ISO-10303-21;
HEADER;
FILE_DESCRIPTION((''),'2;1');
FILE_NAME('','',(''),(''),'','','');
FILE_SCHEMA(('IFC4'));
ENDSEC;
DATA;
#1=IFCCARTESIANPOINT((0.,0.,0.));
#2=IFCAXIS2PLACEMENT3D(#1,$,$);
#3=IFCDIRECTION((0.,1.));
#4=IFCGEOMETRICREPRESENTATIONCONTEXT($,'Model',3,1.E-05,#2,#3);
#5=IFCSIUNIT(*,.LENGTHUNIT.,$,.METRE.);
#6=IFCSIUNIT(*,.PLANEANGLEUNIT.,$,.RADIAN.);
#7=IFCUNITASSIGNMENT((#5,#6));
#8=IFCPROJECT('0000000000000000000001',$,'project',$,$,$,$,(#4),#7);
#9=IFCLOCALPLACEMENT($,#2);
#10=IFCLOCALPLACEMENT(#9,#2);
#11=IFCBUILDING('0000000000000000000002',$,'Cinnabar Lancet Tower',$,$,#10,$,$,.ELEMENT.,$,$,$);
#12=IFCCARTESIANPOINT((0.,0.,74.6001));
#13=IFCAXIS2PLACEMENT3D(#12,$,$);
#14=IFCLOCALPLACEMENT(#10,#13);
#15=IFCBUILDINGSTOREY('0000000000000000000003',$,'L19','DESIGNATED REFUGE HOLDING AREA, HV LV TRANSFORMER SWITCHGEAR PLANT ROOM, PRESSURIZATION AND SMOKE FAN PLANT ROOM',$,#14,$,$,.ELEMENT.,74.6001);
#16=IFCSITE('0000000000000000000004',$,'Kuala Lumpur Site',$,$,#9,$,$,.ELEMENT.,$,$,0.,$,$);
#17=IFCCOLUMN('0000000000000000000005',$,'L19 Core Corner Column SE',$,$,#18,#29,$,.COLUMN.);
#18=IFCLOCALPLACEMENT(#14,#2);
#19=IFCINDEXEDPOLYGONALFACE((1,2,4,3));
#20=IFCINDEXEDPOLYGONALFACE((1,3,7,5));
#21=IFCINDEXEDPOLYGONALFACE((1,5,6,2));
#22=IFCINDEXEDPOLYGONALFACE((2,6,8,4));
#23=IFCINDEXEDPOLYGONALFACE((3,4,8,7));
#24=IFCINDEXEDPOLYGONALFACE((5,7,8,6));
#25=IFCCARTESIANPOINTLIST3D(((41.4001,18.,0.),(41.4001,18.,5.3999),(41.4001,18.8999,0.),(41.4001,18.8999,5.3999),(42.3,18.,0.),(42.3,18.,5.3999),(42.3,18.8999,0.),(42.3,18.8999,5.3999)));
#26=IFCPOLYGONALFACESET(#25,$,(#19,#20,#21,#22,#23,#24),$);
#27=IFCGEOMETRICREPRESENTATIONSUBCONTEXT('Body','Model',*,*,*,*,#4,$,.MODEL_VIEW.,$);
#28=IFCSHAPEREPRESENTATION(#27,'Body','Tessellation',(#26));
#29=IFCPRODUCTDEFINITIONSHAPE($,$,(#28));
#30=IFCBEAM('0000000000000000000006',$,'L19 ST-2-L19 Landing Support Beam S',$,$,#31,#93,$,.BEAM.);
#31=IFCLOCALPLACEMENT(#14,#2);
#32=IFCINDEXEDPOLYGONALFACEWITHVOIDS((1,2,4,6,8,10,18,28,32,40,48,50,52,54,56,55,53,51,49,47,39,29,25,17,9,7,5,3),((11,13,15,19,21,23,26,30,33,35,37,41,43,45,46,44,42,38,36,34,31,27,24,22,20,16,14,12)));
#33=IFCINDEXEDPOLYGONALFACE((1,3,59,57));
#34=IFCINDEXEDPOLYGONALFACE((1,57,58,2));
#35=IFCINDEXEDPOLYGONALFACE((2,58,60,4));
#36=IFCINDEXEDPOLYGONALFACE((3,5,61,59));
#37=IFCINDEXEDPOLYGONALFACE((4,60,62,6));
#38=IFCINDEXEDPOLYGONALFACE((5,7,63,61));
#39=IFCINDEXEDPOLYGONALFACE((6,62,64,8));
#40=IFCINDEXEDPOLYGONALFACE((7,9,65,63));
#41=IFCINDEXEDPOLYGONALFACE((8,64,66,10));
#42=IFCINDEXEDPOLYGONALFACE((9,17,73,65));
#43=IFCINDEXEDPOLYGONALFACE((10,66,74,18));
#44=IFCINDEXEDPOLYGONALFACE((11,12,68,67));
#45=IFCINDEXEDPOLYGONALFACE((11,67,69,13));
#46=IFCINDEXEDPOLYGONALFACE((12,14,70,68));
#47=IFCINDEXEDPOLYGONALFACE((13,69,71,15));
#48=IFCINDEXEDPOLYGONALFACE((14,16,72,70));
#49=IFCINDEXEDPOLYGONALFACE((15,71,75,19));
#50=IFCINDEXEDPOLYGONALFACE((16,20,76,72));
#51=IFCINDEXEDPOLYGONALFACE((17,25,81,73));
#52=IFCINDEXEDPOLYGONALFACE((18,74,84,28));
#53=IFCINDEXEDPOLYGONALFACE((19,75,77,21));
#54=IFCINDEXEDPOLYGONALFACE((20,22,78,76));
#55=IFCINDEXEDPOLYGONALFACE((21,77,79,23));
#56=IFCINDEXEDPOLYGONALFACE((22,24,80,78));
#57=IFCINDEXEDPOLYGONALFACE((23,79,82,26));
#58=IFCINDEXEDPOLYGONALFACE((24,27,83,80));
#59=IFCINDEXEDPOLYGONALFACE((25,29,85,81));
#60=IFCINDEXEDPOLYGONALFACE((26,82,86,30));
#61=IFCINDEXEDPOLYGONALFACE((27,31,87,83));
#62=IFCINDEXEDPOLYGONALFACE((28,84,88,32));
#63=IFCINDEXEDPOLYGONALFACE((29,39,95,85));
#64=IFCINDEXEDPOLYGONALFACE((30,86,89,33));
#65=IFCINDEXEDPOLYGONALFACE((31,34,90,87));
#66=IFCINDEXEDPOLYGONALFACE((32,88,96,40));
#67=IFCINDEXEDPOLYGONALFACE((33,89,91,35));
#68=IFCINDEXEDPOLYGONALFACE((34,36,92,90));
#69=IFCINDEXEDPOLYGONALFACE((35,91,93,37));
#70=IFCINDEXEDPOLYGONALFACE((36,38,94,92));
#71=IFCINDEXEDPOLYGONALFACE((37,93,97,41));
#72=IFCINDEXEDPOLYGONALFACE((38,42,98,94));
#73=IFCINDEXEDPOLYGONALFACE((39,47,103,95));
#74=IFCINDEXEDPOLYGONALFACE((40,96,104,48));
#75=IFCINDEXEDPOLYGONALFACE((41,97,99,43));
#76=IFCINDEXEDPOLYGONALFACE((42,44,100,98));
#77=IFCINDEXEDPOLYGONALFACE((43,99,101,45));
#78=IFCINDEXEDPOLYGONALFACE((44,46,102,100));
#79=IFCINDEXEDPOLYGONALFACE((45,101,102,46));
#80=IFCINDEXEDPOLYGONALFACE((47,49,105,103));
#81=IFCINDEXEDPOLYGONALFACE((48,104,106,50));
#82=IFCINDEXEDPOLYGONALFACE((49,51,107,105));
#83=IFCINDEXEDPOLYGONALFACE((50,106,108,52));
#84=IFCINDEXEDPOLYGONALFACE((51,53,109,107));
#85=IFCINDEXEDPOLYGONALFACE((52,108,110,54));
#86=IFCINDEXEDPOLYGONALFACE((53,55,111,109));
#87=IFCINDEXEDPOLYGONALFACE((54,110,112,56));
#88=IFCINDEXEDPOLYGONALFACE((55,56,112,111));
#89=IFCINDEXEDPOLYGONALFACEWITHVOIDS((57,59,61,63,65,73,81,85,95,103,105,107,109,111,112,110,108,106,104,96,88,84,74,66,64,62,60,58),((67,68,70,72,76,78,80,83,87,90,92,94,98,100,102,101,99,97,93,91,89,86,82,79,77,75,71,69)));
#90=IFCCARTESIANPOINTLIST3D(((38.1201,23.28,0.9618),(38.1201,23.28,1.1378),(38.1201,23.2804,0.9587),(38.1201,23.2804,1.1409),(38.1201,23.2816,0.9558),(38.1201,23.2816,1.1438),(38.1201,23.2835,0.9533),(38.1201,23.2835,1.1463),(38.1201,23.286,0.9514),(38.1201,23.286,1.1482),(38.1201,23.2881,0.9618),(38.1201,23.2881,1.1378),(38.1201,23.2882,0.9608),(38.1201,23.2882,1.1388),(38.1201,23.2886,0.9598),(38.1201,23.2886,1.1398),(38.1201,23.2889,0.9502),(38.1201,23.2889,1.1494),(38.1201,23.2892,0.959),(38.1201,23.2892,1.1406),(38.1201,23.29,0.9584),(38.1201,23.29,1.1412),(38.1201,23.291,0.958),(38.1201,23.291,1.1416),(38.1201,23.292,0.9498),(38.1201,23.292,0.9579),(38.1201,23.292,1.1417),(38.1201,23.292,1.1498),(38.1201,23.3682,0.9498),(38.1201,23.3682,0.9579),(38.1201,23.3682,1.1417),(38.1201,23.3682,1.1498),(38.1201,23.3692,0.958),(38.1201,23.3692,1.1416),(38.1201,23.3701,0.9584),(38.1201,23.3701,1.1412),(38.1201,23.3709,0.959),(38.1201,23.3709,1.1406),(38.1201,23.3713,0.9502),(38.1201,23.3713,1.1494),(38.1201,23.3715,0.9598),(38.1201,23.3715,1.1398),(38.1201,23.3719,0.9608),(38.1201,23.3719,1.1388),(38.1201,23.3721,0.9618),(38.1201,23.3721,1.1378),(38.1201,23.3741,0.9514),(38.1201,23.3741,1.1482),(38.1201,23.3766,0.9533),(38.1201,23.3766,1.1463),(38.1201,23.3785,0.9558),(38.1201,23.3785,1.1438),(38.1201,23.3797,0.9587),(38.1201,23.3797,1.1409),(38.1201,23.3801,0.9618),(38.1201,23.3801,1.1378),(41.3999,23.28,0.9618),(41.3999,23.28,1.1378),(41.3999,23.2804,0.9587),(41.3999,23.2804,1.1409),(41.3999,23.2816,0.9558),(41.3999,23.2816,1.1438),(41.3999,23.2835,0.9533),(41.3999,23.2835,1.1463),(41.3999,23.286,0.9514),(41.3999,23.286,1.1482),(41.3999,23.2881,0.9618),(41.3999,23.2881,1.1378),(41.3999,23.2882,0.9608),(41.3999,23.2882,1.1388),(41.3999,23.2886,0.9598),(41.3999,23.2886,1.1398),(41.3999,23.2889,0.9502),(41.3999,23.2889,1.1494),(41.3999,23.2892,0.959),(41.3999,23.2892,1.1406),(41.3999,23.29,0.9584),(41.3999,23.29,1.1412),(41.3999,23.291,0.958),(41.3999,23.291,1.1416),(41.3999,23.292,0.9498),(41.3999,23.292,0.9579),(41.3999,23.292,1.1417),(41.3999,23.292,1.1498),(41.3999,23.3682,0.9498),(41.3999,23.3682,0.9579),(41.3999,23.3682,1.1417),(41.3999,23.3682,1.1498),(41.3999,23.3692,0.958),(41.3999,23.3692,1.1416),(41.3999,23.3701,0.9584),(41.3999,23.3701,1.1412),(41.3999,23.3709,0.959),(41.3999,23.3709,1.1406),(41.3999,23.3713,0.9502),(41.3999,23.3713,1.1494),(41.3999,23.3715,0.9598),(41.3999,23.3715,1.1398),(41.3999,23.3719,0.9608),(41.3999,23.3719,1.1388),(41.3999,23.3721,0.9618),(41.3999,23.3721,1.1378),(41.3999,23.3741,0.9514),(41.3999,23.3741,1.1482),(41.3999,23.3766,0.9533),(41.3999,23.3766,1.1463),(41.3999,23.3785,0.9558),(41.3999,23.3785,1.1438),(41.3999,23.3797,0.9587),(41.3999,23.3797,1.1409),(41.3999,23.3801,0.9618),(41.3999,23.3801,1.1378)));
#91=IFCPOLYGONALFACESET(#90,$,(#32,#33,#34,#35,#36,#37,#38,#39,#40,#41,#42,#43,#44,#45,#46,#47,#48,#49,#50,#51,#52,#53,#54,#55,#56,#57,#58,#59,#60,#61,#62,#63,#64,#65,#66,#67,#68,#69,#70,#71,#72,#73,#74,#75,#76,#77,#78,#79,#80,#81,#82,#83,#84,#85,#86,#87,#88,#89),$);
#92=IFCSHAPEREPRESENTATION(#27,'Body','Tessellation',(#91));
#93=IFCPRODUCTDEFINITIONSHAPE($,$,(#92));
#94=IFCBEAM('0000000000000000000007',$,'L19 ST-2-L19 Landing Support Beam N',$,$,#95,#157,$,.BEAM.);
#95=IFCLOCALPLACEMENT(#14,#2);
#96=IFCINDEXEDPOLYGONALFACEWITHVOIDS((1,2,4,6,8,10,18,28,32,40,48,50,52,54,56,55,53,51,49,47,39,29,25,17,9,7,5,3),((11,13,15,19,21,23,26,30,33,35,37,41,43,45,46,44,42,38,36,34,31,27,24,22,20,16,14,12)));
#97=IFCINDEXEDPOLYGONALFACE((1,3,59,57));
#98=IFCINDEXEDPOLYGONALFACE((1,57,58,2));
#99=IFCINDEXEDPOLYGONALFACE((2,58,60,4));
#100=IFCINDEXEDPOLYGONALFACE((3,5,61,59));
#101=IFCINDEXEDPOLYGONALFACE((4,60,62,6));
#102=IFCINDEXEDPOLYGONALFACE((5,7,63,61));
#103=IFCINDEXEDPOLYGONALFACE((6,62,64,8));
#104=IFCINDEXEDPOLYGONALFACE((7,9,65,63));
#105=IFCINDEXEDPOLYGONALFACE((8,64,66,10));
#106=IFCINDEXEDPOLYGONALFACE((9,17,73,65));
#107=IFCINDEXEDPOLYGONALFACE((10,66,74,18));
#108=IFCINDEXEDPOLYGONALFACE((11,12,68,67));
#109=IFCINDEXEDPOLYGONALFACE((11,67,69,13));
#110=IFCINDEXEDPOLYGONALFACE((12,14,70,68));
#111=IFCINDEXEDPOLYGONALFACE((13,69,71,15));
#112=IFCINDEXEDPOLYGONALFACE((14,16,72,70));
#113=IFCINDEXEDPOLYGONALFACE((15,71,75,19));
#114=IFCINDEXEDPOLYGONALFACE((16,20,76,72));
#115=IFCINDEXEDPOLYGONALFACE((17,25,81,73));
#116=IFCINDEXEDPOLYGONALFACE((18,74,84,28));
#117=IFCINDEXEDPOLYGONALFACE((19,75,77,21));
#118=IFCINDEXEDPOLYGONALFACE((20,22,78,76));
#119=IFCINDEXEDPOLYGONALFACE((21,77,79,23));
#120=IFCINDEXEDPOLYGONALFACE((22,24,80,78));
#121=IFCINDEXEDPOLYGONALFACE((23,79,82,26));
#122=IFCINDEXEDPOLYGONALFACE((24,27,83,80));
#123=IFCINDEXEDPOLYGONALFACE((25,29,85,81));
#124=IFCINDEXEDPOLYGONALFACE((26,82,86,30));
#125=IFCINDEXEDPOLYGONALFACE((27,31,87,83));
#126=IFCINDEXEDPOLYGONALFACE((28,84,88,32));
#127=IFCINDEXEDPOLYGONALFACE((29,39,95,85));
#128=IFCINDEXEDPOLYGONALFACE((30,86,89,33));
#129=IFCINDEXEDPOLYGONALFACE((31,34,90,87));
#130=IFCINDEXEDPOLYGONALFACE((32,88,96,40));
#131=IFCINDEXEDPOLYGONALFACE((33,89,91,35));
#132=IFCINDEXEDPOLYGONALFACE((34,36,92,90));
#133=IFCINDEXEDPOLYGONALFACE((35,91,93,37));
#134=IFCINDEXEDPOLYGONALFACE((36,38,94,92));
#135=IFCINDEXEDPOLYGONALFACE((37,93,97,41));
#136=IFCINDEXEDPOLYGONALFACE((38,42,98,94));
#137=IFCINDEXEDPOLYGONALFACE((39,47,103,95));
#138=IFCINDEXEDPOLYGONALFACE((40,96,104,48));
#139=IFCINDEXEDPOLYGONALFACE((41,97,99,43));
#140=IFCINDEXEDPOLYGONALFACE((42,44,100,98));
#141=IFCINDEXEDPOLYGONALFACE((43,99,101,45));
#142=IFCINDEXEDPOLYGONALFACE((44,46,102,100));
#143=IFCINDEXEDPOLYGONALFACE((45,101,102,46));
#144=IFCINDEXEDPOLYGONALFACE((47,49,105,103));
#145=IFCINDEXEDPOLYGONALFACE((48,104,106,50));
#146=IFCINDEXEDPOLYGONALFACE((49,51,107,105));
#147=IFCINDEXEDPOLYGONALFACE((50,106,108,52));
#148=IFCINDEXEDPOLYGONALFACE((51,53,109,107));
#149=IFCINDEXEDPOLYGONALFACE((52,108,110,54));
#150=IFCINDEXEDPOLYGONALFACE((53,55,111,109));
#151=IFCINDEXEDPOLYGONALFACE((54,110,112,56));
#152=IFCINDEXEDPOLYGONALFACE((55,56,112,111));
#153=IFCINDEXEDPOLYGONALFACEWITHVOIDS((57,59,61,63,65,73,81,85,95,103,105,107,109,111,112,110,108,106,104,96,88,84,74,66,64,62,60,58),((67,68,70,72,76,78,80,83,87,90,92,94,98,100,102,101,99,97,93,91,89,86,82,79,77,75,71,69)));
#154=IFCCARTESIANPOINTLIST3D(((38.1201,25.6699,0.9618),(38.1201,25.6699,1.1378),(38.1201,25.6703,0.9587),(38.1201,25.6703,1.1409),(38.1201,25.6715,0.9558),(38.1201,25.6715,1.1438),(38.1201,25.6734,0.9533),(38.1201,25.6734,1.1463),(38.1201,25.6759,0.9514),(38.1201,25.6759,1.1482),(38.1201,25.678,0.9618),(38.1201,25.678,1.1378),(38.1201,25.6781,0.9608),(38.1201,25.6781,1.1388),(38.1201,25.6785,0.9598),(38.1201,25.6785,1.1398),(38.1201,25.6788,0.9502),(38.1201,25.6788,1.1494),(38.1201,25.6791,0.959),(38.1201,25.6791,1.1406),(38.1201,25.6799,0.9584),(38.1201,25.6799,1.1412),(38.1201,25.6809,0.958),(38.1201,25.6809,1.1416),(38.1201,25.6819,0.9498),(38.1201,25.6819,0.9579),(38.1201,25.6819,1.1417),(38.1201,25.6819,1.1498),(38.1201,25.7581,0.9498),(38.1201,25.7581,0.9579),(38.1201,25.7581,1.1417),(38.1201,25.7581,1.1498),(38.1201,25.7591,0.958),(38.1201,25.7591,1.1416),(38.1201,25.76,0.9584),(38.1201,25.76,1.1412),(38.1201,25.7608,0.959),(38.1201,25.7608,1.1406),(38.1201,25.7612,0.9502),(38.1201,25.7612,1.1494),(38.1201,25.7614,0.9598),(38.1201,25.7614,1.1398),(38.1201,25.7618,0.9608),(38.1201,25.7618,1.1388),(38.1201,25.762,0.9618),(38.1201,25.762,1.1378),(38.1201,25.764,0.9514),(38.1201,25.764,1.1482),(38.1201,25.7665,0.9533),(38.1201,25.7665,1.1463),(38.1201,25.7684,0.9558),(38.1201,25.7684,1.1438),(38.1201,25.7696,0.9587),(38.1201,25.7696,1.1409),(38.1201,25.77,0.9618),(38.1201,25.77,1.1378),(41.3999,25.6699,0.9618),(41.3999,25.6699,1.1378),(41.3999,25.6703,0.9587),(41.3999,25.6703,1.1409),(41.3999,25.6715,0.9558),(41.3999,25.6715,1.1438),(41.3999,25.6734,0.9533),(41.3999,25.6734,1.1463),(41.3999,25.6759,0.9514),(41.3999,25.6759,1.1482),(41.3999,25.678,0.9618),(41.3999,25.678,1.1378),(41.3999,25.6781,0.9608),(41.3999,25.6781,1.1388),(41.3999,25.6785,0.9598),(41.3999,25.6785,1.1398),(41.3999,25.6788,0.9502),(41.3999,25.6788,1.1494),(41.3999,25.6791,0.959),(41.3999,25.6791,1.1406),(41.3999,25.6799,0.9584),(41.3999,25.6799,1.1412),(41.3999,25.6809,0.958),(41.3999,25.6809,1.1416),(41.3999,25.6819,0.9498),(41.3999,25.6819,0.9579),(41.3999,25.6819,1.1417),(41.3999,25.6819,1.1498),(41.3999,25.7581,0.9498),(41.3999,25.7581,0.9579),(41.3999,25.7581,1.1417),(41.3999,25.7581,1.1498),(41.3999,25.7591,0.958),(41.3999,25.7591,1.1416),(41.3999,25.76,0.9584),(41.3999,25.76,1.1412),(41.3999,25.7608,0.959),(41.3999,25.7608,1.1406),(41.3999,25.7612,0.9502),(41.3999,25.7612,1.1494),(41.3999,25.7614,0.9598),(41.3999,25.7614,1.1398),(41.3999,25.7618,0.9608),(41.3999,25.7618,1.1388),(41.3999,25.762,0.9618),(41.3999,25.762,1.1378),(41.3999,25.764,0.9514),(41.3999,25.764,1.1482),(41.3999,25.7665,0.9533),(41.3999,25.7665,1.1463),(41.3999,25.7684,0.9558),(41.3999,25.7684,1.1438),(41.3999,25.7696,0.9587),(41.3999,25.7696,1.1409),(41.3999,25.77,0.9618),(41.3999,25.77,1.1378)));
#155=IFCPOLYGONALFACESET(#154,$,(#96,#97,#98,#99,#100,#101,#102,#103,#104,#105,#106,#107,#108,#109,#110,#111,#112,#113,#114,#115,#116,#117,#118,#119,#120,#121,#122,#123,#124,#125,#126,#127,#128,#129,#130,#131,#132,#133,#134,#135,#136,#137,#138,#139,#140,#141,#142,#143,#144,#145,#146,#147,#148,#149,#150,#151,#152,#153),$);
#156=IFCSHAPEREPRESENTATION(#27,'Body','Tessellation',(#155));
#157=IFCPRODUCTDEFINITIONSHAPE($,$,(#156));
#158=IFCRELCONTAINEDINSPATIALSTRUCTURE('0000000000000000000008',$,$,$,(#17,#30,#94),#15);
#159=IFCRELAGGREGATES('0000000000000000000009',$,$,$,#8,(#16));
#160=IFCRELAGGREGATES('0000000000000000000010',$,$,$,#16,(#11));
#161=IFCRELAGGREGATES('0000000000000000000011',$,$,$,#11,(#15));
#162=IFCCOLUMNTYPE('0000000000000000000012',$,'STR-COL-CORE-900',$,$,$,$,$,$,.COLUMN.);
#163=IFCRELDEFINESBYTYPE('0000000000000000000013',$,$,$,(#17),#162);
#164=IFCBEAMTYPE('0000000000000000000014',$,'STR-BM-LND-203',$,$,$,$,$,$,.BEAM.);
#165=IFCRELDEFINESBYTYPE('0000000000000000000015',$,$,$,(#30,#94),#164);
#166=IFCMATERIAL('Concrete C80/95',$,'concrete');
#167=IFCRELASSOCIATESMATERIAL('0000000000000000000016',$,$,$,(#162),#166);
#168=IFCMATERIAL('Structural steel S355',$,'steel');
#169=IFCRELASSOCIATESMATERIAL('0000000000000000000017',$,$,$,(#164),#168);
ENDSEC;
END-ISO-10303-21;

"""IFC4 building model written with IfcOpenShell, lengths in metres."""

from ifc_helpers import new_model, si_unit, direction, frame, origin, origin_2d, place, context, subcontext, project, spatial, rectangle, hollow_rectangle, extrude, material, material_profile, profile_set, type_object, element, save


model = new_model("IFC4")

# Units and contexts
model_context = context("Model", 3, precision=1e-05, world=origin(), true_north=direction((0.0, 1.0)))
body_context = subcontext(model_context, "Body", "Model", "MODEL_VIEW")
ifc_project = project(units=[si_unit("LENGTHUNIT", "METRE"), si_unit("PLANEANGLEUNIT", "RADIAN")], contexts=[model_context])

# Site, building, storey
site_placement = place(None, origin())
site = spatial("IfcSite", under=ifc_project, at=site_placement, Name="Kuala Lumpur Site", CompositionType="ELEMENT", RefElevation=0.0)
building_placement = place(site_placement, origin())
building = spatial("IfcBuilding", under=site, at=building_placement, Name="Cinnabar Lancet Tower", CompositionType="ELEMENT")
storey_placement = place(building_placement, frame((0.0, 0.0, 74.6001)))
storey = spatial("IfcBuildingStorey", under=building, at=storey_placement, Name="L19", Description="DESIGNATED REFUGE HOLDING AREA, HV LV TRANSFORMER SWITCHGEAR PLANT ROOM, PRESSURIZATION AND SMOKE FAN PLANT ROOM", CompositionType="ELEMENT", Elevation=74.6001)

# Column
ifc_material_1 = material(Name="Concrete C80/95", Category="concrete")
ifc_material_profile_1 = material_profile(ifc_material_1, rectangle(XDim=0.8999, YDim=0.8999, at=origin_2d()), Name="RC-COL 900x900")
ifc_profile_set_1 = profile_set([ifc_material_profile_1], Name="Concrete C80/95")
column_type = type_object("IfcColumnType", Name="STR-COL-CORE-900", PredefinedType="COLUMN", material=ifc_profile_set_1)
column_placement = place(storey_placement, frame((41.8501, 18.45, 0.0), z_axis=(0.0, 0.0, 1.0), x_axis=(1.0, 0.0, 0.0)))
element("IfcColumn", 1, at=column_placement, inside=storey, type_object=column_type, Name="L19 Core Corner Column SE", PredefinedType="COLUMN", context=body_context, shape_type="SweptSolid", body=[
    extrude(rectangle(XDim=0.8999, YDim=0.8999, at=origin_2d()), origin(), (0.0, 0.0, 1.0), 5.3999),
])

# Beams
ifc_material_2 = material(Name="Structural steel S355", Category="steel")
ifc_material_profile_2 = material_profile(ifc_material_2, hollow_rectangle(XDim=0.1001, YDim=0.2, WallThickness=0.0081, InnerFilletRadius=0.0039, OuterFilletRadius=0.012, at=origin_2d()), Name="RHS 200x100x8")
ifc_profile_set_2 = profile_set([ifc_material_profile_2], Name="Structural steel S355")
beam_type = type_object("IfcBeamType", Name="STR-BM-LND-203", PredefinedType="BEAM", material=ifc_profile_set_2)
for number, where, z_axis, x_axis, name in (
    (2, (38.1201, 23.3301, 1.0498), (1.0, 0.0, 0.0), (0.0, 1.0, 0.0), "L19 ST-2-L19 Landing Support Beam S"),
    (3, (38.1201, 25.72, 1.0498), (1.0, 0.0, 0.0), (0.0, 1.0, 0.0), "L19 ST-2-L19 Landing Support Beam N"),
):
    element("IfcBeam", number, at=place(storey_placement, frame(where, z_axis=z_axis, x_axis=x_axis)), inside=storey, type_object=beam_type, Name=name, PredefinedType="BEAM", context=body_context, shape_type="SweptSolid", body=[
        extrude(hollow_rectangle(XDim=0.1001, YDim=0.2, WallThickness=0.0081, InnerFilletRadius=0.0039, OuterFilletRadius=0.012, at=origin_2d()), origin(), (0.0, 0.0, 1.0), 3.2798),
    ])

save(model, "model.ifc")
